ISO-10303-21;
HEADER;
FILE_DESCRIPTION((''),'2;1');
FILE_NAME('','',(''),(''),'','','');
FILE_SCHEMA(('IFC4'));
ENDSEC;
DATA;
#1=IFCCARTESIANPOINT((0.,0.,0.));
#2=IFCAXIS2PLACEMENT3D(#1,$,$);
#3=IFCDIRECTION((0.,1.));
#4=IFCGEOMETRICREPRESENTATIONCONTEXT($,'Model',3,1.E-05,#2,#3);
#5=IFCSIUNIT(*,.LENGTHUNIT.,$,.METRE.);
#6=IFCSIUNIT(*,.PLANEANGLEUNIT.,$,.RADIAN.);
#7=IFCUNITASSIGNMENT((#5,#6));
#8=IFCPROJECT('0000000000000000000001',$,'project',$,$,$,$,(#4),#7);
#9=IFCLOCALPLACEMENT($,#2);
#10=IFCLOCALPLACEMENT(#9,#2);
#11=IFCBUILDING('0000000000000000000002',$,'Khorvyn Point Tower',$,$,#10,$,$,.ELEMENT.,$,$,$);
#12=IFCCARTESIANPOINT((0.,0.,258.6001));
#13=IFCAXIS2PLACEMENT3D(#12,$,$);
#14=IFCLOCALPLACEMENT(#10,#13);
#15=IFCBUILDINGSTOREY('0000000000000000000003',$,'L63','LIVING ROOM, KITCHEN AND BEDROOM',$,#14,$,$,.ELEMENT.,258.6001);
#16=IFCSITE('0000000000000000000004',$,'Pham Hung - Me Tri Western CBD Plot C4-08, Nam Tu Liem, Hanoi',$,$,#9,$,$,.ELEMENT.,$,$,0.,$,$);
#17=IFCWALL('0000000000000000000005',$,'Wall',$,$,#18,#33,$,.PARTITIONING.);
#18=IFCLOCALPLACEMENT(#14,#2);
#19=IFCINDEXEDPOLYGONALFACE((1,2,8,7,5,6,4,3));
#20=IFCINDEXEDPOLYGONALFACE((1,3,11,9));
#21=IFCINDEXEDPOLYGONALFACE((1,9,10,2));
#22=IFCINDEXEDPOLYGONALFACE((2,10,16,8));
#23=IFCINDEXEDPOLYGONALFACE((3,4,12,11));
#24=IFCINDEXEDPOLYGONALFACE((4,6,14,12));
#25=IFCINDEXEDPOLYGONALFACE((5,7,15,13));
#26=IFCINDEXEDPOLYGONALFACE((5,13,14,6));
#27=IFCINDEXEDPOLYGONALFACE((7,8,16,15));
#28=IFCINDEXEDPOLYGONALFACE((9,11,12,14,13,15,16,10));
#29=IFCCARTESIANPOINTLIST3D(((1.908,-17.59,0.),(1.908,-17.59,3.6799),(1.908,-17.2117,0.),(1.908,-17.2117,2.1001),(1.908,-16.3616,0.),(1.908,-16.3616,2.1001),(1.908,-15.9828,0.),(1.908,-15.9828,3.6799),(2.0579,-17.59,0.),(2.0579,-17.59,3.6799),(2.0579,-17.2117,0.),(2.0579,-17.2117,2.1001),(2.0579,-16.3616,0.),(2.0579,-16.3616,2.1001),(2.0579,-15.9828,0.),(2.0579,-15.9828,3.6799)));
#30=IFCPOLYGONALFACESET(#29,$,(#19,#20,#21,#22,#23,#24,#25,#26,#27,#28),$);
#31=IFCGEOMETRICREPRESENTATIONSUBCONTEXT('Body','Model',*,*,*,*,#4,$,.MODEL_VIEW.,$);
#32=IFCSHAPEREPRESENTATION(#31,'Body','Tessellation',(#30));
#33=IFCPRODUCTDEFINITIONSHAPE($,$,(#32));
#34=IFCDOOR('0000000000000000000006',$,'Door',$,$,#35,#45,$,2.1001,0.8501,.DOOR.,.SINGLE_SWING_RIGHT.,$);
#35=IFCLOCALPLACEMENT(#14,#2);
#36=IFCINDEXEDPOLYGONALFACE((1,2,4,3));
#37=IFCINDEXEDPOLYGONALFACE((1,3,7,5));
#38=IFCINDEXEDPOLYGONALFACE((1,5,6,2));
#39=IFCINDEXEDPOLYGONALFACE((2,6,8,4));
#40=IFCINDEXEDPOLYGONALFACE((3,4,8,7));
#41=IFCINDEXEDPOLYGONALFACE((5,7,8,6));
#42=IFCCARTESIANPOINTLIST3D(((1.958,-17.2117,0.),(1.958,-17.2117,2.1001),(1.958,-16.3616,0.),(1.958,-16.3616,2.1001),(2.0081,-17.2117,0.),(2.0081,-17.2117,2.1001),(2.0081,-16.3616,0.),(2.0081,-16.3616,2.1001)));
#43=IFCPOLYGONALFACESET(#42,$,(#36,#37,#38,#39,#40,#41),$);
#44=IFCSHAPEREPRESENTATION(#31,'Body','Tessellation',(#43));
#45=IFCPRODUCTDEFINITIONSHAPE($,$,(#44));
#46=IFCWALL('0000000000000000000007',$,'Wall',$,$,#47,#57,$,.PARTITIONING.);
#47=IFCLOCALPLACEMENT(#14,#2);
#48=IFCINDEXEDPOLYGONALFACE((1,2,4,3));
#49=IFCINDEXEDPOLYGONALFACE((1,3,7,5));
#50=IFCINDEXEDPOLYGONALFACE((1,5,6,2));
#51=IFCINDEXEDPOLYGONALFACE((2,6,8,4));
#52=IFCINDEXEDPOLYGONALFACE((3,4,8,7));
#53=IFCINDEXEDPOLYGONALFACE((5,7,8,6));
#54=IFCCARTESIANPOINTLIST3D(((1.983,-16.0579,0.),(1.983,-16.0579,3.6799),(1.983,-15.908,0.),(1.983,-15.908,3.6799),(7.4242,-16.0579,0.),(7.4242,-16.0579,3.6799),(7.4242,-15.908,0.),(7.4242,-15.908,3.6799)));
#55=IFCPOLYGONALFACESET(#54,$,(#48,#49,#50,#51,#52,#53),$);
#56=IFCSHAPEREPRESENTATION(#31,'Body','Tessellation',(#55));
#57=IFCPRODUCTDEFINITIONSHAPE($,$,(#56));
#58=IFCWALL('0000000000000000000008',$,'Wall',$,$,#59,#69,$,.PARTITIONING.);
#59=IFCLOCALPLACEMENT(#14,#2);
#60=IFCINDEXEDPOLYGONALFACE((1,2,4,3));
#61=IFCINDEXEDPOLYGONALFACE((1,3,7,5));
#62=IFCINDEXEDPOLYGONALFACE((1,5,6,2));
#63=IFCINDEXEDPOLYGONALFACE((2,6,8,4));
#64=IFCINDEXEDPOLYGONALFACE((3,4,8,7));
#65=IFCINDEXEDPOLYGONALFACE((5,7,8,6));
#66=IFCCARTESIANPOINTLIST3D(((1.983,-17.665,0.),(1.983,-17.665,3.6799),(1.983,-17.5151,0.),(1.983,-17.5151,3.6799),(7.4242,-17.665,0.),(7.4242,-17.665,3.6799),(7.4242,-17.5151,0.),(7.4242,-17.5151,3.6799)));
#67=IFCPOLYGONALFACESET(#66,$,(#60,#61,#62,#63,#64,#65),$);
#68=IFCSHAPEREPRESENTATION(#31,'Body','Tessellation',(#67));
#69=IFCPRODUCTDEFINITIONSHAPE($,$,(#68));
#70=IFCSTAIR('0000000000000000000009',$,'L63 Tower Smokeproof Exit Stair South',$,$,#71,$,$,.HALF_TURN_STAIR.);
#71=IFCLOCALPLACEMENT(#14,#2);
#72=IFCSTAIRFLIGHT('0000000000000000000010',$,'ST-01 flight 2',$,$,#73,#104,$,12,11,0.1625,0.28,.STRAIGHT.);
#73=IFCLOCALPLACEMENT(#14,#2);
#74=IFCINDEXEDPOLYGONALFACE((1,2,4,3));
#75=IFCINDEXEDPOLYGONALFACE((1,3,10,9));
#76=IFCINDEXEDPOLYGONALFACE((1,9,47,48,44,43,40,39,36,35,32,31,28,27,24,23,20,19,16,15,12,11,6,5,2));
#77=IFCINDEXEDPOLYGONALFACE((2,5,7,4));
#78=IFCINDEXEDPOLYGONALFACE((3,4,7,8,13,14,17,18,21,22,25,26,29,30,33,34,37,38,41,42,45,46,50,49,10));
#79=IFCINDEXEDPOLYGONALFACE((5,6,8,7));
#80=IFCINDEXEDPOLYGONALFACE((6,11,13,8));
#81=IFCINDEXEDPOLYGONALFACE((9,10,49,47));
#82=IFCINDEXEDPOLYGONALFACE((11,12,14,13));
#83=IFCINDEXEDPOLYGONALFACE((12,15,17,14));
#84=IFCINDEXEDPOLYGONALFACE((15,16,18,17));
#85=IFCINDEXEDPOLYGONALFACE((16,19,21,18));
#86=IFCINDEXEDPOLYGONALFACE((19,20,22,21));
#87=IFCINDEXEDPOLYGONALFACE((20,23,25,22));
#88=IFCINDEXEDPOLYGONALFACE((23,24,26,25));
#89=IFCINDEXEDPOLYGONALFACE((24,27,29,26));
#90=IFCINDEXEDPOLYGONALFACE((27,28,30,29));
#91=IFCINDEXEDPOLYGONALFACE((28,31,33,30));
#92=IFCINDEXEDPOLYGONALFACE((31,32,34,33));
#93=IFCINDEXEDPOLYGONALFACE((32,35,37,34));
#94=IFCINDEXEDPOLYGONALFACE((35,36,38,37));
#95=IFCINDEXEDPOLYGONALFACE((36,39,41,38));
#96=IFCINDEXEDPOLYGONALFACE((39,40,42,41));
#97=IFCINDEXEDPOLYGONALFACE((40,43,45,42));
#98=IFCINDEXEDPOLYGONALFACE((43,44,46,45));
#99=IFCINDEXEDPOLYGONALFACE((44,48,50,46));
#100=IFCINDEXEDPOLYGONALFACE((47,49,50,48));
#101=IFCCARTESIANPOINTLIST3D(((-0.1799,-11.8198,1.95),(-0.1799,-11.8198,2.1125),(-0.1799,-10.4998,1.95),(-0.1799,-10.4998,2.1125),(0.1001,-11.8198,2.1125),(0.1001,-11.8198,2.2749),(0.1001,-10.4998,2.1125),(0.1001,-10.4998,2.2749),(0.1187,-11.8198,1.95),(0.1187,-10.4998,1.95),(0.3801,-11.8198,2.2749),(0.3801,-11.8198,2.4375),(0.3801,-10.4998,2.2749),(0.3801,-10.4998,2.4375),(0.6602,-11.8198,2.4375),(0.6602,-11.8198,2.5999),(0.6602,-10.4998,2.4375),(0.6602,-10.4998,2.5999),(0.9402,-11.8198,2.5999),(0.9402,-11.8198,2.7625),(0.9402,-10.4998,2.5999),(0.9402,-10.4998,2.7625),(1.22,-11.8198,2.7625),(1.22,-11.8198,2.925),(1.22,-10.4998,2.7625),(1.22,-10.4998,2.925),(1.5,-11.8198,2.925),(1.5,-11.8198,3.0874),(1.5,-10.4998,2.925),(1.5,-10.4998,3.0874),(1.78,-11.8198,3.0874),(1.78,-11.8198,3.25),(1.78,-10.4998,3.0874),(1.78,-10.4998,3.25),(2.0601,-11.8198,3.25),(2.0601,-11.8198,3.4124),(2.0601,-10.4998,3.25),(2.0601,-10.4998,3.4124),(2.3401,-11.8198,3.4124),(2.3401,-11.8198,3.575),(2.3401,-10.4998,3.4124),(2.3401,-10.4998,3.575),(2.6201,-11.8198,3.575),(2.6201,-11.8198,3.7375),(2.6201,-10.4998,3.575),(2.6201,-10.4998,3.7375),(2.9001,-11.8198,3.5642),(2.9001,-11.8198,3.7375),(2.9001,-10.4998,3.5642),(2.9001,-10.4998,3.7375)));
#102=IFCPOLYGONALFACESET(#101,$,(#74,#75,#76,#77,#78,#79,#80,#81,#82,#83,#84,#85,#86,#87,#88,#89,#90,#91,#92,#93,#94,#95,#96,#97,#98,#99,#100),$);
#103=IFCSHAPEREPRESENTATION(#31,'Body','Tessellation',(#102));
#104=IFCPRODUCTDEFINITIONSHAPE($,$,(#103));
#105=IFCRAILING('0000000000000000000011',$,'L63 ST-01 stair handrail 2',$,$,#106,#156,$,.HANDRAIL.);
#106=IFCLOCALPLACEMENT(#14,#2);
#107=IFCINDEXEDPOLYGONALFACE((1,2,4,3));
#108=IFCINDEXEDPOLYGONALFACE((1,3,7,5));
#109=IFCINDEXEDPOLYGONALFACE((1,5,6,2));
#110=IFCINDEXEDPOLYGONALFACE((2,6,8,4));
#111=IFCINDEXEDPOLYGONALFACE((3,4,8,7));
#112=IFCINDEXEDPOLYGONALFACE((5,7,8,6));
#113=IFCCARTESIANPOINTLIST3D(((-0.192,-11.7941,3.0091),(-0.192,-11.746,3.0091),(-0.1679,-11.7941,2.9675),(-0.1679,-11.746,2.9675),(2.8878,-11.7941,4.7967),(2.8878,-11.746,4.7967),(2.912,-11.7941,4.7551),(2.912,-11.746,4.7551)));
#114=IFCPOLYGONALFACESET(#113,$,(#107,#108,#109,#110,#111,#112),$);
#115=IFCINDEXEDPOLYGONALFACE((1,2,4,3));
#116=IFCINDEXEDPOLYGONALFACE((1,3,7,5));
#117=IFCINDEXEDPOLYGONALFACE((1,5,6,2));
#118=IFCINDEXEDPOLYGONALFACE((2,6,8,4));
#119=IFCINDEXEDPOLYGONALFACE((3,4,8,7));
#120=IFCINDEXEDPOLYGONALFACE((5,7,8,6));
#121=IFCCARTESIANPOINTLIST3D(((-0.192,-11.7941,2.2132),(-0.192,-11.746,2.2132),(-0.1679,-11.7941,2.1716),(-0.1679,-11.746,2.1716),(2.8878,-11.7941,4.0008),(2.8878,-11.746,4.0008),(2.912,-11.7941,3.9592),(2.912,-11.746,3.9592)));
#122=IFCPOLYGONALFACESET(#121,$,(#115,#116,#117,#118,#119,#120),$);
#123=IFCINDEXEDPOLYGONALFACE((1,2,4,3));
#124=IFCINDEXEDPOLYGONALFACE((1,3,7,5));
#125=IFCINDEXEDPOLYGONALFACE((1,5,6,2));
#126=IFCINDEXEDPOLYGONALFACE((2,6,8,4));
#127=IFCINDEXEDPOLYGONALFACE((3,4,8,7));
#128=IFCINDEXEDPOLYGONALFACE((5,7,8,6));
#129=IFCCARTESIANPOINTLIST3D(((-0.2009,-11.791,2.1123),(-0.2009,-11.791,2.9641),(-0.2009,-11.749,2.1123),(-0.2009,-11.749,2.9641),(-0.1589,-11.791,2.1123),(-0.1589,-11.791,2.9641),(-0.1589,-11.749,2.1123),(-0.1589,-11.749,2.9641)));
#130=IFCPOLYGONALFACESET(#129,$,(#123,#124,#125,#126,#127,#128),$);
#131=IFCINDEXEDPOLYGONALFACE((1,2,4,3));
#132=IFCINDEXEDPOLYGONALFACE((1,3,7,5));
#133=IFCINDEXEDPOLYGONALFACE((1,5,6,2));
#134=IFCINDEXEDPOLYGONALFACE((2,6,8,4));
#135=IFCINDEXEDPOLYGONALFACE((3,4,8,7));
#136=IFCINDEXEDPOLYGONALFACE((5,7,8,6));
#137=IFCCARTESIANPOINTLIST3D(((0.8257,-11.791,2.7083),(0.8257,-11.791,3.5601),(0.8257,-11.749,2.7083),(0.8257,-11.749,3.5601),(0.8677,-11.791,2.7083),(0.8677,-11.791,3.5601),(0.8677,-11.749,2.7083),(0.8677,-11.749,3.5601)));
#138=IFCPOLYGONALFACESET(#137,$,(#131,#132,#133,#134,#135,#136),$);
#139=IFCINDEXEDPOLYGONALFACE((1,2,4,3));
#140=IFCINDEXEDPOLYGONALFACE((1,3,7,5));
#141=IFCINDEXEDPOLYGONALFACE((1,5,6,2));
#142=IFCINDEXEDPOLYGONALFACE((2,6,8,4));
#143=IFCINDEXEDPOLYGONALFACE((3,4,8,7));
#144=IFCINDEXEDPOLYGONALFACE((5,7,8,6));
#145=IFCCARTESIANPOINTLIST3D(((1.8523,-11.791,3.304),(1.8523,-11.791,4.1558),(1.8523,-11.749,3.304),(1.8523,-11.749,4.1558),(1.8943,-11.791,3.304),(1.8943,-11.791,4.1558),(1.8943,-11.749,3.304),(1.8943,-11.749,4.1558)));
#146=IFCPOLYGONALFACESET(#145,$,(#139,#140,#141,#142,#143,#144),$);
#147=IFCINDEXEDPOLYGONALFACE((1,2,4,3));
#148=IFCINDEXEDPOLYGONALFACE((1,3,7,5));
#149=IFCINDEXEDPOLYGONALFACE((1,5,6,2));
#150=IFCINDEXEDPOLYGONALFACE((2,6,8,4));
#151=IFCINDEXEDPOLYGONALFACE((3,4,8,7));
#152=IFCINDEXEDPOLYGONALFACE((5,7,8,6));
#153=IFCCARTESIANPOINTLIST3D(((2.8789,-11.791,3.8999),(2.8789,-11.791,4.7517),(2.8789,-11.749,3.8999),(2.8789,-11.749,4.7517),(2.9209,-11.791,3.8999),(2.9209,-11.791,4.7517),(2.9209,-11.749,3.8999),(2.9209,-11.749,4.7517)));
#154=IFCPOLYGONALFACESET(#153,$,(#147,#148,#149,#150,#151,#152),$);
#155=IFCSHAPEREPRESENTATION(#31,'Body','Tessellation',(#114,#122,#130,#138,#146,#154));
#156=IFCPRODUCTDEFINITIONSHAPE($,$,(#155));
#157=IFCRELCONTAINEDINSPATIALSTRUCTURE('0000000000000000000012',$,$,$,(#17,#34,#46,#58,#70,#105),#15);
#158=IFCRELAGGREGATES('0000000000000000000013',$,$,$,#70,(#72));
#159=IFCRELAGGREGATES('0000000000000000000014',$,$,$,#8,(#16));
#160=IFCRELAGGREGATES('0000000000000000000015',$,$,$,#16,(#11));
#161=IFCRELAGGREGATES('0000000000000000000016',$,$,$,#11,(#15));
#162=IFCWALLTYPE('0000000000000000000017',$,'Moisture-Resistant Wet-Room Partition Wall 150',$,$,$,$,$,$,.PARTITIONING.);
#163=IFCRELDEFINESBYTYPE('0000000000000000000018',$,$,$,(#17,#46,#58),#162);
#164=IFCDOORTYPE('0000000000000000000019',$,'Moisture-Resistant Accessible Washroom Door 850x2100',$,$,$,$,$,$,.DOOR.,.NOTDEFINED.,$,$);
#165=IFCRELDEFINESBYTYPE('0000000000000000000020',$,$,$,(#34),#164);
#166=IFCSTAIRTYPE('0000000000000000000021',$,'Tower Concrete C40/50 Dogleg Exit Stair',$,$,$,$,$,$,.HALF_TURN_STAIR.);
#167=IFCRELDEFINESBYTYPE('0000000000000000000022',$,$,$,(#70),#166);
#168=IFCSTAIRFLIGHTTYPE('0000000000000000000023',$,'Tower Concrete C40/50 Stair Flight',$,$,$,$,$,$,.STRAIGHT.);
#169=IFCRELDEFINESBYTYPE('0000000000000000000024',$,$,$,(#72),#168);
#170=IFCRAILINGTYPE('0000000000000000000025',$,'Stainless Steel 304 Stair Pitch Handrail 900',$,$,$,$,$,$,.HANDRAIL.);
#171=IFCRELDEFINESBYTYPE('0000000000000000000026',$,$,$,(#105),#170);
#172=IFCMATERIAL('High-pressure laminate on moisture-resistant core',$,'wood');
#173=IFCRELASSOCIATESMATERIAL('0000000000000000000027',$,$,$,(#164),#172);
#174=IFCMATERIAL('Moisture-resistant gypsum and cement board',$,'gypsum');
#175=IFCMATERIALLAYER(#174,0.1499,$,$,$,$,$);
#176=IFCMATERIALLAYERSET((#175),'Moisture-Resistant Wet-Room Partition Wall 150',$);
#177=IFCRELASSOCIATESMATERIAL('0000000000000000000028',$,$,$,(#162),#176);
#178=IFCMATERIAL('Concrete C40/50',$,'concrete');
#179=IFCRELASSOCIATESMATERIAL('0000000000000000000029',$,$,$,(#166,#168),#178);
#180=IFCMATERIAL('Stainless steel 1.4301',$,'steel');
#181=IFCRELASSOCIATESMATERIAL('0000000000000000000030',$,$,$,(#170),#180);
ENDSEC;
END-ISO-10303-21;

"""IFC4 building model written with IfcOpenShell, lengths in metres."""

from ifc_helpers import new_model, si_unit, direction, frame, frame_2d, origin, origin_2d, place, context, subcontext, project, spatial, polyline, rectangle, outline, extrude, material, layer, layer_set, type_object, element, fill, aggregate, save


model = new_model("IFC4")

# Units and contexts
model_context = context("Model", 3, precision=1e-05, world=origin(), true_north=direction((0.0, 1.0)))
body_context = subcontext(model_context, "Body", "Model", "MODEL_VIEW")
ifc_project = project(units=[si_unit("LENGTHUNIT", "METRE"), si_unit("PLANEANGLEUNIT", "RADIAN")], contexts=[model_context])

# Site, building, storey
site_placement = place(None, origin())
site = spatial("IfcSite", under=ifc_project, at=site_placement, Name="Pham Hung - Me Tri Western CBD Plot C4-08, Nam Tu Liem, Hanoi", CompositionType="ELEMENT", RefElevation=0.0)
building_placement = place(site_placement, origin())
building = spatial("IfcBuilding", under=site, at=building_placement, Name="Khorvyn Point Tower", CompositionType="ELEMENT")
storey_placement = place(building_placement, frame((0.0, 0.0, 258.6001)))
storey = spatial("IfcBuildingStorey", under=building, at=storey_placement, Name="L63", Description="LIVING ROOM, KITCHEN AND BEDROOM", CompositionType="ELEMENT", Elevation=258.6001)

# Shared definitions
ifc_material_1 = material(Name="Concrete C40/50", Category="concrete")

# Wall, opening, door
ifc_material_2 = material(Name="High-pressure laminate on moisture-resistant core", Category="wood")
door_type_1 = type_object("IfcDoorType", Name="Moisture-Resistant Accessible Washroom Door 850x2100", OperationType="NOTDEFINED", PredefinedType="DOOR", material=ifc_material_2)
ifc_material_3 = material(Name="Moisture-resistant gypsum and cement board", Category="gypsum")
ifc_layer_1 = layer(ifc_material_3, 0.1499)
ifc_layer_set_1 = layer_set([ifc_layer_1], Name="Moisture-Resistant Wet-Room Partition Wall 150")
wall_type_1 = type_object("IfcWallType", Name="Moisture-Resistant Wet-Room Partition Wall 150", PredefinedType="PARTITIONING", material=ifc_layer_set_1)
wall_1_placement = place(storey_placement, frame((1.9829, -17.5901, 0.0), z_axis=(0.0, 0.0, 1.0), x_axis=(0.0, 1.0, 0.0)))
wall_1 = element("IfcWall", 1, at=wall_1_placement, inside=storey, type_object=wall_type_1, Name="Wall", PredefinedType="PARTITIONING", context=body_context, shape_type="SweptSolid", body=[
    extrude(rectangle(XDim=1.6072, YDim=0.1499, at=frame_2d((0.8037, 0.0))), origin(), (0.0, 0.0, 1.0), 3.6799),
])
opening_1_placement = place(wall_1_placement, frame((0.3784, 0.0, 0.0)))
opening_1 = element("IfcOpeningElement", 2, at=opening_1_placement, cuts=wall_1, PredefinedType="OPENING", context=body_context, shape_type="SweptSolid", body=[
    extrude(rectangle(XDim=0.8501, YDim=2.1001, at=frame_2d((0.425, 1.05))), frame((0.0, 0.085, 0.0), z_axis=(0.0, -1.0, 0.0), x_axis=(1.0, 0.0, 0.0)), (0.0, 0.0, 1.0), 0.1699),
])
door_1_placement = place(opening_1_placement, origin())
door_1 = element("IfcDoor", 3, at=door_1_placement, inside=storey, type_object=door_type_1, Name="Door", OperationType="SINGLE_SWING_RIGHT", OverallHeight=2.1001, OverallWidth=0.8501, PredefinedType="DOOR", context=body_context, shape_type="SweptSolid", body=[
    extrude(rectangle(XDim=0.8501, YDim=2.1001, at=frame_2d((0.425, 1.05))), frame((0.0, 0.0249, 0.0), z_axis=(0.0, -1.0, 0.0), x_axis=(1.0, 0.0, 0.0)), (0.0, 0.0, 1.0), 0.05),
])
fill(opening_1, door_1)

# Walls
for number, where, z_axis, x_axis, name in (
    (4, (1.9829, -15.9829, 0.0), (0.0, 0.0, 1.0), (1.0, 0.0, 0.0), "Wall"),
    (5, (1.9829, -17.5901, 0.0), (0.0, 0.0, 1.0), (1.0, 0.0, 0.0), "Wall"),
):
    element("IfcWall", number, at=place(storey_placement, frame(where, z_axis=z_axis, x_axis=x_axis)), inside=storey, type_object=wall_type_1, Name=name, PredefinedType="PARTITIONING", context=body_context, shape_type="SweptSolid", body=[
        extrude(rectangle(XDim=5.4412, YDim=0.1499, at=frame_2d((2.7207, 0.0))), origin(), (0.0, 0.0, 1.0), 3.6799),
    ])

# Stair, stair flight
stair_type = type_object("IfcStairType", Name="Tower Concrete C40/50 Dogleg Exit Stair", PredefinedType="HALF_TURN_STAIR", material=ifc_material_1)
stair_placement = place(storey_placement, origin())
stair = element("IfcStair", 6, at=stair_placement, inside=storey, type_object=stair_type, Name="L63 Tower Smokeproof Exit Stair South", PredefinedType="HALF_TURN_STAIR")
stair_flight_type = type_object("IfcStairFlightType", Name="Tower Concrete C40/50 Stair Flight", PredefinedType="STRAIGHT", material=ifc_material_1)
stair_flight_placement = place(storey_placement, frame((-0.1799, -11.1599, 1.95), z_axis=(0.0, 0.0, 1.0), x_axis=(1.0, 0.0, 0.0)))
stair_flight = element("IfcStairFlight", 7, at=stair_flight_placement, type_object=stair_flight_type, Name="ST-01 flight 2", NumberOfRisers=12, NumberOfTreads=11, PredefinedType="STRAIGHT", RiserHeight=0.1625, TreadLength=0.28, context=body_context, shape_type="SweptSolid", body=[
    extrude(outline(polyline([(0.0, 0.0), (0.0, 0.1626), (0.28, 0.1626), (0.28, 0.325), (0.5601, 0.325), (0.5601, 0.4875), (0.8401, 0.4875), (0.8401, 0.6499), (1.1201, 0.6499), (1.1201, 0.8125), (1.3999, 0.8125), (1.3999, 0.9751), (1.6799, 0.9751), (1.6799, 1.1375), (1.96, 1.1375), (1.96, 1.3), (2.24, 1.3), (2.24, 1.4624), (2.52, 1.4624), (2.52, 1.625), (2.8, 1.625), (2.8, 1.7876), (3.0801, 1.7876), (3.0801, 1.95), (3.0801, 1.6143), (0.2986, 0.0), (0.0, 0.0)])), frame((0.0, 0.6602, 0.0), z_axis=(0.0, -1.0, 0.0), x_axis=(1.0, 0.0, 0.0)), (0.0, 0.0, 1.0), 1.3201),
])
aggregate(stair, [stair_flight])

# Railing
ifc_material_4 = material(Name="Stainless steel 1.4301", Category="steel")
railing_type = type_object("IfcRailingType", Name="Stainless Steel 304 Stair Pitch Handrail 900", PredefinedType="HANDRAIL", material=ifc_material_4)
railing_placement = place(storey_placement, frame((-0.1799, -11.77, 2.1123)))
element("IfcRailing", 8, at=railing_placement, inside=storey, type_object=railing_type, Name="L63 ST-01 stair handrail 2", PredefinedType="HANDRAIL", context=body_context, shape_type="SweptSolid", body=[
    extrude(rectangle(XDim=0.0481, YDim=0.0481, at=origin_2d()), frame((0.0, 0.0, 0.876), z_axis=(0.864873, 0.0, 0.50199), x_axis=(0.0, 1.0, 0.0)), (0.0, 0.0, 1.0), 3.561),
    extrude(rectangle(XDim=0.0481, YDim=0.0481, at=origin_2d()), frame((0.0, 0.0, 0.0801), z_axis=(0.864873, 0.0, 0.50199), x_axis=(0.0, 1.0, 0.0)), (0.0, 0.0, 1.0), 3.561),
    extrude(rectangle(XDim=0.042, YDim=0.042, at=origin_2d()), origin(), (0.0, 0.0, 1.0), 0.8518),
    extrude(rectangle(XDim=0.042, YDim=0.042, at=origin_2d()), frame((1.0266, 0.0, 0.5959)), (0.0, 0.0, 1.0), 0.8518),
    extrude(rectangle(XDim=0.042, YDim=0.042, at=origin_2d()), frame((2.0532, 0.0, 1.1917)), (0.0, 0.0, 1.0), 0.8518),
    extrude(rectangle(XDim=0.042, YDim=0.042, at=origin_2d()), frame((3.0798, 0.0, 1.7876)), (0.0, 0.0, 1.0), 0.8518),
])

save(model, "model.ifc")
